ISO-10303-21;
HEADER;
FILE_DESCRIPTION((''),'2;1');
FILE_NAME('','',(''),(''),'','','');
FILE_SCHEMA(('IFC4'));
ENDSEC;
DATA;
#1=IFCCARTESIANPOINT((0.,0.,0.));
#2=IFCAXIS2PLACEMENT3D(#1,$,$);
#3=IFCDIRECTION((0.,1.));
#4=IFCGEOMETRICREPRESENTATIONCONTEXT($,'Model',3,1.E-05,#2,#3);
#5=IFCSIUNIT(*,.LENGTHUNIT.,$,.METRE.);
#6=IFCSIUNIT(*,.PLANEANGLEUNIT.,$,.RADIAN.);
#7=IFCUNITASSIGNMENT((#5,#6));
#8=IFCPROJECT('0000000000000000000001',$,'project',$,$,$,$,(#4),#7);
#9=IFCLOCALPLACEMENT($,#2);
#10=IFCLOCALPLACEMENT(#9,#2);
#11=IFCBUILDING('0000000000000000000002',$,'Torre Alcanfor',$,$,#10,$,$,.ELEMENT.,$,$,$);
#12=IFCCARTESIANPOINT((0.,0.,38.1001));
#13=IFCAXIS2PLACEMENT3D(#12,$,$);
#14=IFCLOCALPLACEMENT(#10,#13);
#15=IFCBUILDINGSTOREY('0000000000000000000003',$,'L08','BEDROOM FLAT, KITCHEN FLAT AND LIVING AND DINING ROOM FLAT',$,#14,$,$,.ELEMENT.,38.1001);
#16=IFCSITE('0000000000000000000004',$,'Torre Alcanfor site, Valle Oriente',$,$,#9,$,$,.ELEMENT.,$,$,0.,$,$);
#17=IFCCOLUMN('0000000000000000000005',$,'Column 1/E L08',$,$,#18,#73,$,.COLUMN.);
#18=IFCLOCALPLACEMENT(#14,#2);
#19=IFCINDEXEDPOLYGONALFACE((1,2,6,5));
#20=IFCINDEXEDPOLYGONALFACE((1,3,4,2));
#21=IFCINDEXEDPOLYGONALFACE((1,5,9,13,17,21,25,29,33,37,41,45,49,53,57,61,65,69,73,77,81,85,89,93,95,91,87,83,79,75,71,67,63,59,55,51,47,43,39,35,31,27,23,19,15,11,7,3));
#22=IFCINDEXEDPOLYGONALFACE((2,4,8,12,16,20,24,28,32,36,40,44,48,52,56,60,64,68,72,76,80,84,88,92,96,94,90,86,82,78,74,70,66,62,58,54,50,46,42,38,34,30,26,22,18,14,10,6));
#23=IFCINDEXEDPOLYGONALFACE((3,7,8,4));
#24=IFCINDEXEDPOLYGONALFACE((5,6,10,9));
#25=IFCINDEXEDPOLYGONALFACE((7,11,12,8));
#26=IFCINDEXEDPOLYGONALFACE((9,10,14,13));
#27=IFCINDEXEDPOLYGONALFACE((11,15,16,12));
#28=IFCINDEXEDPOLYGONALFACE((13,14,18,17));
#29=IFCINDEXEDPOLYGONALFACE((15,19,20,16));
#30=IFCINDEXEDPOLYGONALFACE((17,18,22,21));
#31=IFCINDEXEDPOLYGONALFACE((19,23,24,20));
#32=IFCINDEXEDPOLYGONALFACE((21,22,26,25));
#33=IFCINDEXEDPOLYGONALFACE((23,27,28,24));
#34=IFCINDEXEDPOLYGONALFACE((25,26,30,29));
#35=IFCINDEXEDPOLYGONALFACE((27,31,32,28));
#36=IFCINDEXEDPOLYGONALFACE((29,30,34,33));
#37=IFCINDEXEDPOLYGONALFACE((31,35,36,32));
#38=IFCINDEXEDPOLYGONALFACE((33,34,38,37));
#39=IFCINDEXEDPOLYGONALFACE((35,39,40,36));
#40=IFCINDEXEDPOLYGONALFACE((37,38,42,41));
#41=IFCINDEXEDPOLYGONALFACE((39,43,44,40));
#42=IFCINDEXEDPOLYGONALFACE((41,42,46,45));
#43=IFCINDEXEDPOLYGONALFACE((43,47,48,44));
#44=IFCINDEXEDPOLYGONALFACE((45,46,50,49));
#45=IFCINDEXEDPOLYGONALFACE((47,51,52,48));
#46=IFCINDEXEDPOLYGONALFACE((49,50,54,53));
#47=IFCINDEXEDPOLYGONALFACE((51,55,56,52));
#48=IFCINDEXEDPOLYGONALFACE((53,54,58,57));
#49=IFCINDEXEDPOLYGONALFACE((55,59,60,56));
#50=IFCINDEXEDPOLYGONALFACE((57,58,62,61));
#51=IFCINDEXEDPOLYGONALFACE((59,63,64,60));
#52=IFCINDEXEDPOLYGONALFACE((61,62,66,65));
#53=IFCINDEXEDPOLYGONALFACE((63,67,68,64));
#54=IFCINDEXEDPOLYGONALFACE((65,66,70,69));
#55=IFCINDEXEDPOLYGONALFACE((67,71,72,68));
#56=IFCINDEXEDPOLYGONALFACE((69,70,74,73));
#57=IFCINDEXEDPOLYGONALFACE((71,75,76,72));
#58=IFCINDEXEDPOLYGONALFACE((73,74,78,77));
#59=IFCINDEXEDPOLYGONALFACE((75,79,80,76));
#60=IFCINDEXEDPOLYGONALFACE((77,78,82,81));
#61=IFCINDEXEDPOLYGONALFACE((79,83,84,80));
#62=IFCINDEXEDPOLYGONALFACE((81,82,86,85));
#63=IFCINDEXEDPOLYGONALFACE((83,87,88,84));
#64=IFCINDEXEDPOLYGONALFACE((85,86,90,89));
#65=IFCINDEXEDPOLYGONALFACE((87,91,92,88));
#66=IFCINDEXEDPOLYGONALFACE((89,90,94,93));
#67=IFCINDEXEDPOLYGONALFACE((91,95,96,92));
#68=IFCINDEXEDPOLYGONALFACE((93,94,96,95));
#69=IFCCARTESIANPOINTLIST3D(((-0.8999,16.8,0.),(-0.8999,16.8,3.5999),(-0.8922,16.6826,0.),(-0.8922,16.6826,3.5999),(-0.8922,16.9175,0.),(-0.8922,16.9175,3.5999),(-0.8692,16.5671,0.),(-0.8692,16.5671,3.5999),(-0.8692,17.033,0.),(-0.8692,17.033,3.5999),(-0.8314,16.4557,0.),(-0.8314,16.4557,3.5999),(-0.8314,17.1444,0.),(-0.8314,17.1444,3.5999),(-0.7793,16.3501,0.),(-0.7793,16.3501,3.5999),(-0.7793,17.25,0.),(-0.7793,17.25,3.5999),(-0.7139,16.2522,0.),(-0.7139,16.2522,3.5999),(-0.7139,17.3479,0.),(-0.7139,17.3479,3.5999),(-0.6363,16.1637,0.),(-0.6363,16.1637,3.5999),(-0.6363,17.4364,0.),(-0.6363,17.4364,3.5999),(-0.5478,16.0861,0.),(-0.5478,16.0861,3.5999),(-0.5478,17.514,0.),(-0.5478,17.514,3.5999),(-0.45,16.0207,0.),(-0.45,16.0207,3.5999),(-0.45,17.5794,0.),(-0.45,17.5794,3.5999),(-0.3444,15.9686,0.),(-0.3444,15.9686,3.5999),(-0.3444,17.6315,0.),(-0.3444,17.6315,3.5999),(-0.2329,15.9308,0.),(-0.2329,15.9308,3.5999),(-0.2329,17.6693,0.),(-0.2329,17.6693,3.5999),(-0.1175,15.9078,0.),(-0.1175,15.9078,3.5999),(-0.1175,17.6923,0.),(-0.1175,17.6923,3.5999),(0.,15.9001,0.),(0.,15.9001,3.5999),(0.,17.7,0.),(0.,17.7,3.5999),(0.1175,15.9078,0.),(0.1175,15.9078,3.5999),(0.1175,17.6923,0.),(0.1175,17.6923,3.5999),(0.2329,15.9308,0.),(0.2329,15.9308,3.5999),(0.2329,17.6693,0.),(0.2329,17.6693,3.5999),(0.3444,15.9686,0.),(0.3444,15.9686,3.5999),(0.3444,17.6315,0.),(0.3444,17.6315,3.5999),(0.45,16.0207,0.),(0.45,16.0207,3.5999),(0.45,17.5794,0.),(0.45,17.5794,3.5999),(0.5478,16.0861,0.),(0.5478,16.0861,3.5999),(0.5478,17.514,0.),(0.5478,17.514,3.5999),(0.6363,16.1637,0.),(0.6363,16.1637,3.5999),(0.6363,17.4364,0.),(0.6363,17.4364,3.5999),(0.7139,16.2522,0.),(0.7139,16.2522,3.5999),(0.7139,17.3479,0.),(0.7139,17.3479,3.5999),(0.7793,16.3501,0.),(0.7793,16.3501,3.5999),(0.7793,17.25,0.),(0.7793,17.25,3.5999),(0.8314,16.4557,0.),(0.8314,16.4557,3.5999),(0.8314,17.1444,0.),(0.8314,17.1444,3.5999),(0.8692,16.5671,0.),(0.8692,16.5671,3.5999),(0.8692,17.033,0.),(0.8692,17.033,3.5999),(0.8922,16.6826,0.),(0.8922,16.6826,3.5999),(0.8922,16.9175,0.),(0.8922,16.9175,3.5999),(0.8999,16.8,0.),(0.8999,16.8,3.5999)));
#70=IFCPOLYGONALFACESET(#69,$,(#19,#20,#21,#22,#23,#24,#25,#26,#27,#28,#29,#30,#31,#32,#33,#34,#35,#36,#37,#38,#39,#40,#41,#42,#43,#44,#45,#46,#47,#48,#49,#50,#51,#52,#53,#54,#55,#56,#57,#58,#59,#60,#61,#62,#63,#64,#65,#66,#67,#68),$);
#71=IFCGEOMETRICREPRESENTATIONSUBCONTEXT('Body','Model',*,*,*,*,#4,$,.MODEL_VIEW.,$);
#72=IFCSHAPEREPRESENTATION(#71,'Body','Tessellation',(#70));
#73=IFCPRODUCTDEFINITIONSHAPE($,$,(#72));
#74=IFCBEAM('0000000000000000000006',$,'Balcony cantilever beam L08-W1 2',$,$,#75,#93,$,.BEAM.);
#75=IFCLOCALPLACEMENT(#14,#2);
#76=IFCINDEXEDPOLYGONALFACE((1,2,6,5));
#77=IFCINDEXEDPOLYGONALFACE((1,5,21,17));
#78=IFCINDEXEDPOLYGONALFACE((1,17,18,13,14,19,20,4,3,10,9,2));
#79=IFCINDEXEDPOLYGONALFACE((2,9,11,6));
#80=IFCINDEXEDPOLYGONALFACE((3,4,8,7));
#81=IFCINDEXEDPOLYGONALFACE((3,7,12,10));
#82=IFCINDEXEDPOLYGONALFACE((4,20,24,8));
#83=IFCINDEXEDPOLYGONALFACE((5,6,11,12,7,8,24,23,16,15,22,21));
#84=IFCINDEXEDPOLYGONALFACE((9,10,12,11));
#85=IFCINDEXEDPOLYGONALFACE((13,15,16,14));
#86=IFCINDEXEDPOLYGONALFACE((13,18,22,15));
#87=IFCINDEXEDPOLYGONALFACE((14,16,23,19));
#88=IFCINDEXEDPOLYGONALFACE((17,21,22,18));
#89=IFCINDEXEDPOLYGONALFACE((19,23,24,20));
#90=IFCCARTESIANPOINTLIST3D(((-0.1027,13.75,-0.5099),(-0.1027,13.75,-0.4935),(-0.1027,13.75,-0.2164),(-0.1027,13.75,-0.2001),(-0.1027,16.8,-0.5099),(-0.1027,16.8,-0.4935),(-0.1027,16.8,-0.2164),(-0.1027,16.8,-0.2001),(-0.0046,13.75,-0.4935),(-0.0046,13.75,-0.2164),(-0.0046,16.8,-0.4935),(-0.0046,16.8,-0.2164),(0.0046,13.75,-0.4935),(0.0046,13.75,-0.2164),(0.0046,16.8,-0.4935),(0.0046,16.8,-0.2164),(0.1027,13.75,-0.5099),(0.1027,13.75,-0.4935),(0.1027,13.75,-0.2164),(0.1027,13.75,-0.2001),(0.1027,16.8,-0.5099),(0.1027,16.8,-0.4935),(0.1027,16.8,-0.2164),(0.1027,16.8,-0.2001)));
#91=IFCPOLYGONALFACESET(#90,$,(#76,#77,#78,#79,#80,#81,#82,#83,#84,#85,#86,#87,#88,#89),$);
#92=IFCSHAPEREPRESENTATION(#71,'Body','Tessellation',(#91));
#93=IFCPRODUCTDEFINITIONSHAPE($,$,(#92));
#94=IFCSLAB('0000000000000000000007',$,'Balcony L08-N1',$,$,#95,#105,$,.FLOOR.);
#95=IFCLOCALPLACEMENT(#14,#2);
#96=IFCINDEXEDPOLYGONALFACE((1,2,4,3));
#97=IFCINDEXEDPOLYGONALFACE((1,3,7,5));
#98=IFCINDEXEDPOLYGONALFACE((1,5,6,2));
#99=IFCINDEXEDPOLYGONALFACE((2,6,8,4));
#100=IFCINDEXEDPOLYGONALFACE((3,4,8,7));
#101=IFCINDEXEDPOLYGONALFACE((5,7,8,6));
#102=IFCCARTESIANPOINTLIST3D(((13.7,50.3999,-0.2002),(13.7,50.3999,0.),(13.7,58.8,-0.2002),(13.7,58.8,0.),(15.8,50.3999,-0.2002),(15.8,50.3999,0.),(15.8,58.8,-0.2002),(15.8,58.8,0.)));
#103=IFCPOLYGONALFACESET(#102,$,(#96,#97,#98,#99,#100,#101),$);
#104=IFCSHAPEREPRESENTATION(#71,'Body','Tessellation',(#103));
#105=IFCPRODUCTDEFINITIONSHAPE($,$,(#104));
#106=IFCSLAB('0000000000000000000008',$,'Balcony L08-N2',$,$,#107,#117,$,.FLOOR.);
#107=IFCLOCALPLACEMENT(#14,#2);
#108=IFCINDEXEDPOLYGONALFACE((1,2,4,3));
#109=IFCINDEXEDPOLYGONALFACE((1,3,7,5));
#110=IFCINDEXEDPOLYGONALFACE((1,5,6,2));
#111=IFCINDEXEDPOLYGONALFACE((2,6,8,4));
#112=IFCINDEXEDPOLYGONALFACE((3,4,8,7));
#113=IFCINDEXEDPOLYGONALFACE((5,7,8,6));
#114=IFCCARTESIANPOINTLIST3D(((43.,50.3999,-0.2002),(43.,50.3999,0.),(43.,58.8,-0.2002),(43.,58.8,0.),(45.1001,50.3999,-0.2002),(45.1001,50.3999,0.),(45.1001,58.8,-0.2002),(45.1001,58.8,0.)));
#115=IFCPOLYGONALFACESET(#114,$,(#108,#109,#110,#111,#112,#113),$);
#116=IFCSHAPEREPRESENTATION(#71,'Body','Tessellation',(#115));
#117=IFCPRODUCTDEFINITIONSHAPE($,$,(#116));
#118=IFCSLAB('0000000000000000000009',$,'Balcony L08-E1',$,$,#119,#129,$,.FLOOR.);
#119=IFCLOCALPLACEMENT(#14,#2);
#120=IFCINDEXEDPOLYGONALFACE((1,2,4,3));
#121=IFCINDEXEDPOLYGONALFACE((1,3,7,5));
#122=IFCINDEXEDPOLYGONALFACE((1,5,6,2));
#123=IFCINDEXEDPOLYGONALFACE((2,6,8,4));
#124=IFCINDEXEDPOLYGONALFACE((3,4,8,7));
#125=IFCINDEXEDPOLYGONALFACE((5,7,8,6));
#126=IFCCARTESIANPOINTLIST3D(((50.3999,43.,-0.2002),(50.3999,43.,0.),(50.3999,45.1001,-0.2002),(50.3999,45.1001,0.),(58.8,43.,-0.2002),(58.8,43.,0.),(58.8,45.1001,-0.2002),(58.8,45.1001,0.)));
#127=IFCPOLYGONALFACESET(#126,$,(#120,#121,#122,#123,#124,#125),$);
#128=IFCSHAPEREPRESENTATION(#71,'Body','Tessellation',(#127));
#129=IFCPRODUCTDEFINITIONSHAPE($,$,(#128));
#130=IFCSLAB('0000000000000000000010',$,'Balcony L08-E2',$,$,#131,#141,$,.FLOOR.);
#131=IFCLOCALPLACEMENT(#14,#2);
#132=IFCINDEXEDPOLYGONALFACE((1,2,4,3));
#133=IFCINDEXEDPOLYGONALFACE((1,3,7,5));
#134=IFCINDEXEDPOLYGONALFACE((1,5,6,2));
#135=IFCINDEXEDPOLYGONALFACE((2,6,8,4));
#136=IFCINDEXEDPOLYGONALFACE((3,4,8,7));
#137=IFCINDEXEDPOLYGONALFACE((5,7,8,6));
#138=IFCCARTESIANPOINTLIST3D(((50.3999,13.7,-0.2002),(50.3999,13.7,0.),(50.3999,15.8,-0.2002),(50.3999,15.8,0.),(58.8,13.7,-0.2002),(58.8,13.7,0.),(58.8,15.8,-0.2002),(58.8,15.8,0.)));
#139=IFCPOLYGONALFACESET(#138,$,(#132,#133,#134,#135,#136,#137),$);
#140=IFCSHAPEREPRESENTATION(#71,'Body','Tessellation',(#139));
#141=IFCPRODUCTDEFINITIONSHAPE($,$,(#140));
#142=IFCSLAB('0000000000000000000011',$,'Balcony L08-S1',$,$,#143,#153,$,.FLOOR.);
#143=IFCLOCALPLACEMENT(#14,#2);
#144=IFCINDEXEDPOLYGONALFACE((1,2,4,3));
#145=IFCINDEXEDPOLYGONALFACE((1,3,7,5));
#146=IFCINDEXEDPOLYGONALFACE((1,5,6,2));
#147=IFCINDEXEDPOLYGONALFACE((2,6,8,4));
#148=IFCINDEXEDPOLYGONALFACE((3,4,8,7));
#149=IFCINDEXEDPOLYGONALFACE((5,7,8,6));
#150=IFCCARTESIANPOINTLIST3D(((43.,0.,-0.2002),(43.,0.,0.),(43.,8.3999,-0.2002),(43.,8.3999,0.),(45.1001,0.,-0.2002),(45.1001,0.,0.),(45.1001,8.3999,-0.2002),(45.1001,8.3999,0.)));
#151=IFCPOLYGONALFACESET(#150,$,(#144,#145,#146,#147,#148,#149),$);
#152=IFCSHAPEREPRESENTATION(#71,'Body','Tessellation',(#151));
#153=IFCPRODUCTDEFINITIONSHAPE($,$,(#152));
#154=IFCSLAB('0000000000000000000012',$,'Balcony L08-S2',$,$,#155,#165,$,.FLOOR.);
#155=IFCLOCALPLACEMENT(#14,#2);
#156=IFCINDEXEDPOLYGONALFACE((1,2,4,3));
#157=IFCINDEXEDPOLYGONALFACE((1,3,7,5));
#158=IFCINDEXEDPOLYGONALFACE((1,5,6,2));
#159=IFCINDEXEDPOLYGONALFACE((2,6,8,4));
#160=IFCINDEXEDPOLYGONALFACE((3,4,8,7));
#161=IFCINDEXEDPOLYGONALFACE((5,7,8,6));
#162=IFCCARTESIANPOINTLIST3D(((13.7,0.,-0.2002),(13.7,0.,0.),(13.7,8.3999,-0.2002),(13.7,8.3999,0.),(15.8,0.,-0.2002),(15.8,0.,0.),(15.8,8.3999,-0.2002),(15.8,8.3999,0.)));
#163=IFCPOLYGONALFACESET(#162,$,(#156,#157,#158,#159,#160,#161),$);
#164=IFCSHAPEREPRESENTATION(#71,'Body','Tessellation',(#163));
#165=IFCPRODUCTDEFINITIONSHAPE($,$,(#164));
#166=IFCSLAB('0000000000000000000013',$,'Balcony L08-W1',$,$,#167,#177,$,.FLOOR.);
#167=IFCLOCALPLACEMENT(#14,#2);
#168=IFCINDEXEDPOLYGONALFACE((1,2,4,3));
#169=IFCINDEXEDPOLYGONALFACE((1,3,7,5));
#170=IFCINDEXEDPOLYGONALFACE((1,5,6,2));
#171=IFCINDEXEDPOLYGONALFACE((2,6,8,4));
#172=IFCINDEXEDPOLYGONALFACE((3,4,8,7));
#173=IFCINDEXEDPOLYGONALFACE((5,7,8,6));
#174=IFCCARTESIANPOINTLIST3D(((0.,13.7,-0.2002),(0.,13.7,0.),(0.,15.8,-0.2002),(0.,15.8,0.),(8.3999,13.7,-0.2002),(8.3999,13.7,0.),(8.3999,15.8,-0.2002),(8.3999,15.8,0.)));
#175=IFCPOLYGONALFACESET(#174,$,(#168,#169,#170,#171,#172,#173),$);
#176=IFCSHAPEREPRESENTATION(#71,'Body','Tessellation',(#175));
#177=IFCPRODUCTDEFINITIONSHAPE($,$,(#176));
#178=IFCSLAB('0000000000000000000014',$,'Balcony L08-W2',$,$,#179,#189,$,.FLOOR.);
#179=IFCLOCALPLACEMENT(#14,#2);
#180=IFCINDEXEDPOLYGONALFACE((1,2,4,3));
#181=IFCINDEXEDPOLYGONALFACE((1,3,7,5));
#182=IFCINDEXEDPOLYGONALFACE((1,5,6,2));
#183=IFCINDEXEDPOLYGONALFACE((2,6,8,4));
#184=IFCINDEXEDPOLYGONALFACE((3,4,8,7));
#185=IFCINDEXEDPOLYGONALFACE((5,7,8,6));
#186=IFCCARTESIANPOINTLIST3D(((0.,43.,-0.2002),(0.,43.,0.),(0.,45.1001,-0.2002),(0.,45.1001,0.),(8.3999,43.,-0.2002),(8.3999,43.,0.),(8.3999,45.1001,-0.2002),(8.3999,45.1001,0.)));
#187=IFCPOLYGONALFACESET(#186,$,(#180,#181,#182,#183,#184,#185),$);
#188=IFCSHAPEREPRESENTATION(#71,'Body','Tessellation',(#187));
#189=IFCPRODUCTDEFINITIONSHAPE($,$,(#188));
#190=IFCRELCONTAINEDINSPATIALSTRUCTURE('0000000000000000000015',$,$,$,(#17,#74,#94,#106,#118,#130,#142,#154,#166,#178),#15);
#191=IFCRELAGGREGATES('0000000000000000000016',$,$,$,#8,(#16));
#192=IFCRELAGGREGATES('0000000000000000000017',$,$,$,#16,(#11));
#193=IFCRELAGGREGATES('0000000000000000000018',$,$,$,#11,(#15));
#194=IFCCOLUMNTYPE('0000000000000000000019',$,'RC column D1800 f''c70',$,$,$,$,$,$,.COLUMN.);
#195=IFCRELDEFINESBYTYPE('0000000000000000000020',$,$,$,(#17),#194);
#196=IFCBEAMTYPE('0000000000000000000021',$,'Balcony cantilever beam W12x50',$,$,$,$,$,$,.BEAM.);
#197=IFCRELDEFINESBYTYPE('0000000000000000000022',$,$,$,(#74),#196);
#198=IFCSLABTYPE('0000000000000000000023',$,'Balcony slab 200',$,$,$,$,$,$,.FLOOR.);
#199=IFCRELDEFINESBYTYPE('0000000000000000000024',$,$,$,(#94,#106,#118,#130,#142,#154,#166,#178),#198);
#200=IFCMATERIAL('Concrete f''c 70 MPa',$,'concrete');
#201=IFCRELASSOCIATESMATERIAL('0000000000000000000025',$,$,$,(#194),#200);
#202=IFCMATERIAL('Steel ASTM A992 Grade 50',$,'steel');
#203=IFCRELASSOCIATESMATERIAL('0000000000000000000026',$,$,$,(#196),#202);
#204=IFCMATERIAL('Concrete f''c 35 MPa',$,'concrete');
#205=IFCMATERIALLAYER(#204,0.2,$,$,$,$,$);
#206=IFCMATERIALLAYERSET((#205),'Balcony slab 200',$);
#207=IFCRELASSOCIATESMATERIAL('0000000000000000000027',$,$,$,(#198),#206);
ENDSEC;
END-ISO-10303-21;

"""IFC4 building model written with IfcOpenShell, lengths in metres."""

from ifc_helpers import new_model, si_unit, direction, frame, origin, origin_2d, place, context, subcontext, project, spatial, polyline, circle, i_section, outline, extrude, material, layer, layer_set, material_profile, profile_set, type_object, element, save


model = new_model("IFC4")

# Units and contexts
model_context = context("Model", 3, precision=1e-05, world=origin(), true_north=direction((0.0, 1.0)))
body_context = subcontext(model_context, "Body", "Model", "MODEL_VIEW")
ifc_project = project(units=[si_unit("LENGTHUNIT", "METRE"), si_unit("PLANEANGLEUNIT", "RADIAN")], contexts=[model_context])

# Site, building, storey
site_placement = place(None, origin())
site = spatial("IfcSite", under=ifc_project, at=site_placement, Name="Torre Alcanfor site, Valle Oriente", CompositionType="ELEMENT", RefElevation=0.0)
building_placement = place(site_placement, origin())
building = spatial("IfcBuilding", under=site, at=building_placement, Name="Torre Alcanfor", CompositionType="ELEMENT")
storey_placement = place(building_placement, frame((0.0, 0.0, 38.1001)))
storey = spatial("IfcBuildingStorey", under=building, at=storey_placement, Name="L08", Description="BEDROOM FLAT, KITCHEN FLAT AND LIVING AND DINING ROOM FLAT", CompositionType="ELEMENT", Elevation=38.1001)

# Column
ifc_material_1 = material(Name="Concrete f'c 70 MPa", Category="concrete")
ifc_material_profile_1 = material_profile(ifc_material_1, circle(Radius=0.8999, at=origin_2d()), Name="D1800")
ifc_profile_set_1 = profile_set([ifc_material_profile_1], Name="Concrete f'c 70 MPa")
column_type = type_object("IfcColumnType", Name="RC column D1800 f'c70", PredefinedType="COLUMN", material=ifc_profile_set_1)
column_placement = place(storey_placement, frame((0.0, 16.8, 0.0), z_axis=(0.0, 0.0, 1.0), x_axis=(1.0, 0.0, 0.0)))
element("IfcColumn", 1, at=column_placement, inside=storey, type_object=column_type, Name="Column 1/E L08", PredefinedType="COLUMN", context=body_context, shape_type="SweptSolid", body=[
    extrude(circle(Radius=0.8999, at=origin_2d()), origin(), (0.0, 0.0, 1.0), 3.5999),
])

# Beam
ifc_material_2 = material(Name="Steel ASTM A992 Grade 50", Category="steel")
ifc_material_profile_2 = material_profile(ifc_material_2, i_section(OverallWidth=0.2053, OverallDepth=0.3098, WebThickness=0.0093, FlangeThickness=0.0164, at=origin_2d()), Name="W12x50")
ifc_profile_set_2 = profile_set([ifc_material_profile_2], Name="Steel ASTM A992 Grade 50")
beam_type = type_object("IfcBeamType", Name="Balcony cantilever beam W12x50", PredefinedType="BEAM", material=ifc_profile_set_2)
beam_placement = place(storey_placement, frame((0.0, 16.8, -0.355), z_axis=(0.0, -1.0, 0.0), x_axis=(1.0, 0.0, 0.0)))
element("IfcBeam", 2, at=beam_placement, inside=storey, type_object=beam_type, Name="Balcony cantilever beam L08-W1 2", PredefinedType="BEAM", context=body_context, shape_type="SweptSolid", body=[
    extrude(i_section(OverallWidth=0.2053, OverallDepth=0.3098, WebThickness=0.0093, FlangeThickness=0.0164, at=origin_2d()), origin(), (0.0, 0.0, 1.0), 3.05),
])

# Slabs
ifc_material_3 = material(Name="Concrete f'c 35 MPa", Category="concrete")
ifc_layer_1 = layer(ifc_material_3, 0.2)
ifc_layer_set_1 = layer_set([ifc_layer_1], Name="Balcony slab 200")
slab_type_1 = type_object("IfcSlabType", Name="Balcony slab 200", PredefinedType="FLOOR", material=ifc_layer_set_1)
slab_1_placement = place(storey_placement, frame((0.0, 0.0, -0.2002)))
element("IfcSlab", 3, at=slab_1_placement, inside=storey, type_object=slab_type_1, Name="Balcony L08-N1", PredefinedType="FLOOR", context=body_context, shape_type="SweptSolid", body=[
    extrude(outline(polyline([(15.8, 50.3999), (15.8, 58.8), (13.7, 58.8), (13.7, 50.3999), (15.8, 50.3999)])), origin(), (0.0, 0.0, 1.0), 0.2002),
])
slab_2_placement = place(storey_placement, frame((0.0, 0.0, -0.2002)))
element("IfcSlab", 4, at=slab_2_placement, inside=storey, type_object=slab_type_1, Name="Balcony L08-N2", PredefinedType="FLOOR", context=body_context, shape_type="SweptSolid", body=[
    extrude(outline(polyline([(45.1001, 50.3999), (45.1001, 58.8), (43.0, 58.8), (43.0, 50.3999), (45.1001, 50.3999)])), origin(), (0.0, 0.0, 1.0), 0.2002),
])
slab_3_placement = place(storey_placement, frame((0.0, 0.0, -0.2002)))
element("IfcSlab", 5, at=slab_3_placement, inside=storey, type_object=slab_type_1, Name="Balcony L08-E1", PredefinedType="FLOOR", context=body_context, shape_type="SweptSolid", body=[
    extrude(outline(polyline([(50.3999, 43.0), (58.8, 43.0), (58.8, 45.1001), (50.3999, 45.1001), (50.3999, 43.0)])), origin(), (0.0, 0.0, 1.0), 0.2002),
])
slab_4_placement = place(storey_placement, frame((0.0, 0.0, -0.2002)))
element("IfcSlab", 6, at=slab_4_placement, inside=storey, type_object=slab_type_1, Name="Balcony L08-E2", PredefinedType="FLOOR", context=body_context, shape_type="SweptSolid", body=[
    extrude(outline(polyline([(50.3999, 13.7), (58.8, 13.7), (58.8, 15.8), (50.3999, 15.8), (50.3999, 13.7)])), origin(), (0.0, 0.0, 1.0), 0.2002),
])
slab_5_placement = place(storey_placement, frame((0.0, 0.0, -0.2002)))
element("IfcSlab", 7, at=slab_5_placement, inside=storey, type_object=slab_type_1, Name="Balcony L08-S1", PredefinedType="FLOOR", context=body_context, shape_type="SweptSolid", body=[
    extrude(outline(polyline([(43.0, 8.3999), (43.0, 0.0), (45.1001, 0.0), (45.1001, 8.3999), (43.0, 8.3999)])), origin(), (0.0, 0.0, 1.0), 0.2002),
])
slab_6_placement = place(storey_placement, frame((0.0, 0.0, -0.2002)))
element("IfcSlab", 8, at=slab_6_placement, inside=storey, type_object=slab_type_1, Name="Balcony L08-S2", PredefinedType="FLOOR", context=body_context, shape_type="SweptSolid", body=[
    extrude(outline(polyline([(13.7, 8.3999), (13.7, 0.0), (15.8, 0.0), (15.8, 8.3999), (13.7, 8.3999)])), origin(), (0.0, 0.0, 1.0), 0.2002),
])
slab_7_placement = place(storey_placement, frame((0.0, 0.0, -0.2002)))
element("IfcSlab", 9, at=slab_7_placement, inside=storey, type_object=slab_type_1, Name="Balcony L08-W1", PredefinedType="FLOOR", context=body_context, shape_type="SweptSolid", body=[
    extrude(outline(polyline([(8.3999, 15.8), (0.0, 15.8), (0.0, 13.7), (8.3999, 13.7), (8.3999, 15.8)])), origin(), (0.0, 0.0, 1.0), 0.2002),
])
slab_8_placement = place(storey_placement, frame((0.0, 0.0, -0.2002)))
element("IfcSlab", 10, at=slab_8_placement, inside=storey, type_object=slab_type_1, Name="Balcony L08-W2", PredefinedType="FLOOR", context=body_context, shape_type="SweptSolid", body=[
    extrude(outline(polyline([(8.3999, 45.1001), (0.0, 45.1001), (0.0, 43.0), (8.3999, 43.0), (8.3999, 45.1001)])), origin(), (0.0, 0.0, 1.0), 0.2002),
])

save(model, "model.ifc")
